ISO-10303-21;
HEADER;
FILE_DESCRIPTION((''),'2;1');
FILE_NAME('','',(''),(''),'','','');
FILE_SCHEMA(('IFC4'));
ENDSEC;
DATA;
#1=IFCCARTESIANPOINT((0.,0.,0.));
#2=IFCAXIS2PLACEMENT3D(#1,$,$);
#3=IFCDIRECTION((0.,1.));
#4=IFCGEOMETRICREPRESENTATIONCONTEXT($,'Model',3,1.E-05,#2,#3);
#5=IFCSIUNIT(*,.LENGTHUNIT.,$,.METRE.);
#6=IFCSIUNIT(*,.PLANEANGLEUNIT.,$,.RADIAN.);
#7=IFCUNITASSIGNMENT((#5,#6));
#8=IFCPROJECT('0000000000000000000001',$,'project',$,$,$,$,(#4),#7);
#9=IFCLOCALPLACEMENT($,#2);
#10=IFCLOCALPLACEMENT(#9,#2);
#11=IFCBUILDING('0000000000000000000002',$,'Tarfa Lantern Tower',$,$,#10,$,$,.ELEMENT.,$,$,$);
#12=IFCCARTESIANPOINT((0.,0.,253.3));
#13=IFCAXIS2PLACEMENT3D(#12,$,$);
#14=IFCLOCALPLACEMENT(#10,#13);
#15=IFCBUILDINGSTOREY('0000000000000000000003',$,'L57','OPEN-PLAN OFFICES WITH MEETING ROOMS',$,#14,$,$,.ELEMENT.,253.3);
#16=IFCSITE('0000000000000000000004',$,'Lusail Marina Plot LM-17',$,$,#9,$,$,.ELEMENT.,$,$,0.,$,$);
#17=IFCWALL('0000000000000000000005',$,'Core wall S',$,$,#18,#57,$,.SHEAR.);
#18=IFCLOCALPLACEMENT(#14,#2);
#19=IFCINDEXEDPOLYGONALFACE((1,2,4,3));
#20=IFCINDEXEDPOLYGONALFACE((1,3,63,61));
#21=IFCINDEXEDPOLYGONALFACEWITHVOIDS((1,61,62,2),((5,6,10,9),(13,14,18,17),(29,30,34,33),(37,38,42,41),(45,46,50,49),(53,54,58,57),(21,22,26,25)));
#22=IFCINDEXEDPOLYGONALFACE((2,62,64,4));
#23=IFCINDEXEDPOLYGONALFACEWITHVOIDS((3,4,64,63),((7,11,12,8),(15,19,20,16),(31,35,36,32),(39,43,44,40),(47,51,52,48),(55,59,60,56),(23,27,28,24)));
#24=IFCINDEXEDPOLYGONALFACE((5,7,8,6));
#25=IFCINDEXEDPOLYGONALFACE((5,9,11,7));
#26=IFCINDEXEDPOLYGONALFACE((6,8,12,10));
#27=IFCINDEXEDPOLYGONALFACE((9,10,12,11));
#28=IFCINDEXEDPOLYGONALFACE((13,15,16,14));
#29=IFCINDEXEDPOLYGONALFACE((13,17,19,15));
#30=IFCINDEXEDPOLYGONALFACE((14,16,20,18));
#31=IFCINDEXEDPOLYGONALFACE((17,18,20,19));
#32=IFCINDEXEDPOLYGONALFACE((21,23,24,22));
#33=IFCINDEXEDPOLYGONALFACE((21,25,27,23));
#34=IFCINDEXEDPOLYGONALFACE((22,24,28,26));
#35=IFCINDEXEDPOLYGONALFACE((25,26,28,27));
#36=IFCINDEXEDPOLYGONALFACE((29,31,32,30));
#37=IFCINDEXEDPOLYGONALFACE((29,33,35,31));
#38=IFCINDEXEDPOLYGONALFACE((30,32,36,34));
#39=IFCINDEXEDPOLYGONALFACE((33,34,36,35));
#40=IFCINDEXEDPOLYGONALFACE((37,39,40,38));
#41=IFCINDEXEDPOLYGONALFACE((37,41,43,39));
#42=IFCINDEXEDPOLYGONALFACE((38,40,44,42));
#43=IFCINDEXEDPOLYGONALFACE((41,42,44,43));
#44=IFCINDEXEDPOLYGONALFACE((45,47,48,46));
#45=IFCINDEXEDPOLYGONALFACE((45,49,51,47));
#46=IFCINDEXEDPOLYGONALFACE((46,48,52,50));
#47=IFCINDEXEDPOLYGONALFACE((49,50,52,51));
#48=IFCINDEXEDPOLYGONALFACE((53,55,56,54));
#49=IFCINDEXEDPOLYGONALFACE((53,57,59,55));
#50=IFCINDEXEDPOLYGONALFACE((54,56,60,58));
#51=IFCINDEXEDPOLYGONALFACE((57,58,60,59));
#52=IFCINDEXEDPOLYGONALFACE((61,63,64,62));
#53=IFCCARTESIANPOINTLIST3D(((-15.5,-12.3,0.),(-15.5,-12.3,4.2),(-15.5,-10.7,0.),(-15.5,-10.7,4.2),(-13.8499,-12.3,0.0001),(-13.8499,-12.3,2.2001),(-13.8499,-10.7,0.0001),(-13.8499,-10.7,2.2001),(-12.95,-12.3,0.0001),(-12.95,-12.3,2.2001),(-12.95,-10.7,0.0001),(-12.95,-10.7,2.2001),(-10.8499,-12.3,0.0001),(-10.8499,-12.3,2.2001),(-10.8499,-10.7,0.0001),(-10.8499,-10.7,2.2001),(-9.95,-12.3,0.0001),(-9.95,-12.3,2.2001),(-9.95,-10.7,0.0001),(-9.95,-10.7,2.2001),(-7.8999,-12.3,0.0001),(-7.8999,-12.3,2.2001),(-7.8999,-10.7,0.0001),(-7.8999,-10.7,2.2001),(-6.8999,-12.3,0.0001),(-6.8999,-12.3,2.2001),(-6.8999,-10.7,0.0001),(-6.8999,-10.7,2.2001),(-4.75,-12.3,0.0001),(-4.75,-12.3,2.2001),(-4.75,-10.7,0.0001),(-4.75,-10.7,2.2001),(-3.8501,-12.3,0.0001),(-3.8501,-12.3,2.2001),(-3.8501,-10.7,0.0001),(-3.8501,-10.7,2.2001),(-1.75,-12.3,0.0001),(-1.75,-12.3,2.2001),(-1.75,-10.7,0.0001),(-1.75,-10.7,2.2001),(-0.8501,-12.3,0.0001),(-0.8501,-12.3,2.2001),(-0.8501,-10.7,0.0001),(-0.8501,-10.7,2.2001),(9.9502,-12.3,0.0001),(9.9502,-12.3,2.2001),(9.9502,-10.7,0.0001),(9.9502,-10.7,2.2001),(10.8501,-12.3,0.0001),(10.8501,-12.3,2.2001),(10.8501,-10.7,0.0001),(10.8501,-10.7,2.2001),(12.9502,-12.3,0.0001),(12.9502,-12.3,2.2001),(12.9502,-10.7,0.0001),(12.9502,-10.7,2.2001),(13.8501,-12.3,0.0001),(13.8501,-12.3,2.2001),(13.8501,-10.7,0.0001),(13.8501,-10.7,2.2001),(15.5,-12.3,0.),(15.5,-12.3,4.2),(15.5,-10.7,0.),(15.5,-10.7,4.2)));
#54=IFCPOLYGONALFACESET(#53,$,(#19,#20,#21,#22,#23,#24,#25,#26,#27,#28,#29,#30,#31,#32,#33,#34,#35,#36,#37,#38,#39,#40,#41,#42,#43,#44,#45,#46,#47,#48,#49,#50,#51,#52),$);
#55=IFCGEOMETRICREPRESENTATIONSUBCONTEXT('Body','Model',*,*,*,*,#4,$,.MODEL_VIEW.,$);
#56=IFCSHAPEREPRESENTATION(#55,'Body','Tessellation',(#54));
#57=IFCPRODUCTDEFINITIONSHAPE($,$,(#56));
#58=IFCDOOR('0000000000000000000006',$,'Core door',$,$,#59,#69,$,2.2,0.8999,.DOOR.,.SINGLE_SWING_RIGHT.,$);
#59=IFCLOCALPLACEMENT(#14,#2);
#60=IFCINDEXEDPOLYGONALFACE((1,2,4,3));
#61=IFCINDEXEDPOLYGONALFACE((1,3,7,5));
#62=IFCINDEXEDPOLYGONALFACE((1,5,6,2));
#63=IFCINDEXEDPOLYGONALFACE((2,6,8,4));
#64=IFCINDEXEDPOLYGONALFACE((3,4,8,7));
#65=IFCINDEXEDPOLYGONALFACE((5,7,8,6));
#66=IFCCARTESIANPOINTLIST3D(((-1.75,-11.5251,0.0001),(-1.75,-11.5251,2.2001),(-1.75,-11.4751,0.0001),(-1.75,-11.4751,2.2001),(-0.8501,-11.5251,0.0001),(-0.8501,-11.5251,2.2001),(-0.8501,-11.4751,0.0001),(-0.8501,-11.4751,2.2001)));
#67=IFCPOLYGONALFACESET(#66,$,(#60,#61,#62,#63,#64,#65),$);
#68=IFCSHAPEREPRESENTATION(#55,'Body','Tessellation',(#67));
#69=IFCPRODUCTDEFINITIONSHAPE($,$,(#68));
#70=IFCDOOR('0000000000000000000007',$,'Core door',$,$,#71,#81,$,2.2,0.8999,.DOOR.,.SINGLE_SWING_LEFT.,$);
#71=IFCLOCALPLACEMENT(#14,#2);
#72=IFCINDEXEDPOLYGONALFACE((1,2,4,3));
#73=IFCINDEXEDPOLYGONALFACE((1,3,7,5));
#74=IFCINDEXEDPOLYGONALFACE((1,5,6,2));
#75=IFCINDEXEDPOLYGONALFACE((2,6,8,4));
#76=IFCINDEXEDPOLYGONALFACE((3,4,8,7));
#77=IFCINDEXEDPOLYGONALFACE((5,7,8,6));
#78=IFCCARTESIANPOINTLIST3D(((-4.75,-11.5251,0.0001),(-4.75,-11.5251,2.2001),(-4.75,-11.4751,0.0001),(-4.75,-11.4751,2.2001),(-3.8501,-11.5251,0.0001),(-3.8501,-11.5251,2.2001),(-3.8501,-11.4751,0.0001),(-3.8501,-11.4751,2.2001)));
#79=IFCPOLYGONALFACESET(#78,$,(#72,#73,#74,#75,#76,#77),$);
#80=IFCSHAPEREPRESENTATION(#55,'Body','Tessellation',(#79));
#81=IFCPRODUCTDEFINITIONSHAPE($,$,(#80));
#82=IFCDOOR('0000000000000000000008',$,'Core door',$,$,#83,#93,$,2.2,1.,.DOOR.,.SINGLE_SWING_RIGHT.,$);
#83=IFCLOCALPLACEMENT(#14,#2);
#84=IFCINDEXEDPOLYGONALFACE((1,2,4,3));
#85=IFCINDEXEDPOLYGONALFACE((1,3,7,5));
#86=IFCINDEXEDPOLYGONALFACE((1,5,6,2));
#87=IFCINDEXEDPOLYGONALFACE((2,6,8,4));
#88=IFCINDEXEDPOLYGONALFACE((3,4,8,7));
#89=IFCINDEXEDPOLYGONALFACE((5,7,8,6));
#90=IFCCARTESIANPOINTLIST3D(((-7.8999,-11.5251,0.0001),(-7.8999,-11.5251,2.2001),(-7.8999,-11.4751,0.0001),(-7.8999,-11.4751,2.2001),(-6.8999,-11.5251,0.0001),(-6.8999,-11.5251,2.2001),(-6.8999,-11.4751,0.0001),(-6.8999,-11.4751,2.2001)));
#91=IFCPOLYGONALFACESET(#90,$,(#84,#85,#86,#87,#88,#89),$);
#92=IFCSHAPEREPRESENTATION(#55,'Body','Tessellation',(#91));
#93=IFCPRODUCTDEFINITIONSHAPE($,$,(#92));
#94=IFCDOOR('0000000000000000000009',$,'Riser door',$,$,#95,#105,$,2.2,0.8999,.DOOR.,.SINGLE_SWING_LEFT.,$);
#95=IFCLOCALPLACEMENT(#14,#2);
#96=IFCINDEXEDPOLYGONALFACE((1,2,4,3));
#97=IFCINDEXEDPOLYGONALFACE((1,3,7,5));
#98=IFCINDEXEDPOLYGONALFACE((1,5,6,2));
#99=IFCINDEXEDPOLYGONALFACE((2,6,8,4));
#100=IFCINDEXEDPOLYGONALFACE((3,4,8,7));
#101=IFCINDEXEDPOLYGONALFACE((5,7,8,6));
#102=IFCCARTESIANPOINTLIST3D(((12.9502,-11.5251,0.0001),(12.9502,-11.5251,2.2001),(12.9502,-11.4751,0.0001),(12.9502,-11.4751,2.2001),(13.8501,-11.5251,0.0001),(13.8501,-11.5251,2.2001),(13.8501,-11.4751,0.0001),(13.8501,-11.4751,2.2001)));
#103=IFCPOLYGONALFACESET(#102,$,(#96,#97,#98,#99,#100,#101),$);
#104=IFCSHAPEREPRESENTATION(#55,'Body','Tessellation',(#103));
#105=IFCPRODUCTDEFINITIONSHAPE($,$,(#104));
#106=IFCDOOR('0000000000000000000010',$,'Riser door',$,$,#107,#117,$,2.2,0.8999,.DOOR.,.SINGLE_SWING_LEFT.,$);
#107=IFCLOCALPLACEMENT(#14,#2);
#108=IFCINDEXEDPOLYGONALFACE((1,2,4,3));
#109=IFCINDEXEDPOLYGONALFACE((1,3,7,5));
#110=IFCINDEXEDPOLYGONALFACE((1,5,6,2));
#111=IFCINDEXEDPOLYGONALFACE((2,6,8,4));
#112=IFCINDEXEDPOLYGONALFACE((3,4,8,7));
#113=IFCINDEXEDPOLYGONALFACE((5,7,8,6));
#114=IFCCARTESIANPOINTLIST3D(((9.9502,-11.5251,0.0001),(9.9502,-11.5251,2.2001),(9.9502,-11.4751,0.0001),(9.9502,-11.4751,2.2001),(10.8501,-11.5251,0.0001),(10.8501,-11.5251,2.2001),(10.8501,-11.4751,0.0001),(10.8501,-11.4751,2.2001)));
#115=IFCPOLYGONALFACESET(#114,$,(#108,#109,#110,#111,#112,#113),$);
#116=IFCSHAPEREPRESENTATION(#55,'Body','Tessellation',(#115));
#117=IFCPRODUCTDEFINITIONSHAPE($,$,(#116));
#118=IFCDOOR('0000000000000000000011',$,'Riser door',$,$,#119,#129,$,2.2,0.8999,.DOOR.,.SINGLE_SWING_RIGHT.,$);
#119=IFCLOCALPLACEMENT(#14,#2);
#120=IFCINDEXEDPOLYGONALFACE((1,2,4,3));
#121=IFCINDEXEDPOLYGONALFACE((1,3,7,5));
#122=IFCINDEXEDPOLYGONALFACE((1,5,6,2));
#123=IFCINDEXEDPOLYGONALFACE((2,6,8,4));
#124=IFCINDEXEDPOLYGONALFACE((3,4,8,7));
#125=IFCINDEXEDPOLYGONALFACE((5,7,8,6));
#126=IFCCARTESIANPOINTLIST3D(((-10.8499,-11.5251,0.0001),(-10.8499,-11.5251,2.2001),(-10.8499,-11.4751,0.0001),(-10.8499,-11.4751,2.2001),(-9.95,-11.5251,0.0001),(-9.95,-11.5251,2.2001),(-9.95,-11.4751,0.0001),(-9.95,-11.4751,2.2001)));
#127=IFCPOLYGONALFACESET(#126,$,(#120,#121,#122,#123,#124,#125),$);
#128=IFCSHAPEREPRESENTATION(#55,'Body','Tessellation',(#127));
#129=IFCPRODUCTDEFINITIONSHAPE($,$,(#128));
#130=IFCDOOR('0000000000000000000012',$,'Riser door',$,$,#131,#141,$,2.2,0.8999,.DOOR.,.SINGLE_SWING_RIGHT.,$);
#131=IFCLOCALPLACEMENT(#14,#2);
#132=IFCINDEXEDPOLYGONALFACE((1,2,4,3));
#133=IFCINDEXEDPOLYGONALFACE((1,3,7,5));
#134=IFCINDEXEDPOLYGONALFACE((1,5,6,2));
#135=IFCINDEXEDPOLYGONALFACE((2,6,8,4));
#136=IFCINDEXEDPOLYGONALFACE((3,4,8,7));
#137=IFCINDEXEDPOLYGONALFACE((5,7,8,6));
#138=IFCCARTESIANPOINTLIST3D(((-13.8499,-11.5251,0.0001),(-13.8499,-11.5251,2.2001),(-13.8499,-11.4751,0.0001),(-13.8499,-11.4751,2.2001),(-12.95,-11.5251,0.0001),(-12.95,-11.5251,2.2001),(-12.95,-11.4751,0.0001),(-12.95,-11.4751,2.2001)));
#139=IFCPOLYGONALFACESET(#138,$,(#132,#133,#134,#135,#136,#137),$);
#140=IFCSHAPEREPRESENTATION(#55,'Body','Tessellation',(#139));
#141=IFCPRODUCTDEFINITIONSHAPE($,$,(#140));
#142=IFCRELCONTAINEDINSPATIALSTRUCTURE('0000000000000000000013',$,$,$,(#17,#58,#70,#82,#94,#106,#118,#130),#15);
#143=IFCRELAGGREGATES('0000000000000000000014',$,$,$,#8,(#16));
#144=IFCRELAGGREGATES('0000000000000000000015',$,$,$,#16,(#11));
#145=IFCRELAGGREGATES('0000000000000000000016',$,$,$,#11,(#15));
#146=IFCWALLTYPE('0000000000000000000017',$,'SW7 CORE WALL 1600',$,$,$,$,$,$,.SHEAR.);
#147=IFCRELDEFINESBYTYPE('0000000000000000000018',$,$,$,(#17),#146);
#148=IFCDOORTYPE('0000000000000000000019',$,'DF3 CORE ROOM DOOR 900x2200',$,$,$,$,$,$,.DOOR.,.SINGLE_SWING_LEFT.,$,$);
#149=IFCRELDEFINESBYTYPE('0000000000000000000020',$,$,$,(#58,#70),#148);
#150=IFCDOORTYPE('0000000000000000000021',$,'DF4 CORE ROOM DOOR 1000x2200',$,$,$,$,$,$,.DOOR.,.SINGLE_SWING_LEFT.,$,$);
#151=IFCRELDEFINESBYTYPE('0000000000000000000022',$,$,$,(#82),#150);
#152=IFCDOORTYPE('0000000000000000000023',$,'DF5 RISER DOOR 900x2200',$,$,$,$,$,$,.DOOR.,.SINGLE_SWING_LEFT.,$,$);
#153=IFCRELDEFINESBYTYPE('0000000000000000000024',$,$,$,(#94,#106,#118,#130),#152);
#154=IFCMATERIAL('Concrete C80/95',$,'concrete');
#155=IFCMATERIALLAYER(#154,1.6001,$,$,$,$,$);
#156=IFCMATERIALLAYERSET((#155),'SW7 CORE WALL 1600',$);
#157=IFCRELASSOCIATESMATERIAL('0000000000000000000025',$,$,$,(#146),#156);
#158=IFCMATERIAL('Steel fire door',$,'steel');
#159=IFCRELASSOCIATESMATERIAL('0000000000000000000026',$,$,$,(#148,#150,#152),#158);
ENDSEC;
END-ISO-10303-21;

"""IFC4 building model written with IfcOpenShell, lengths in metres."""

from ifc_helpers import new_model, si_unit, direction, frame, frame_2d, origin, place, context, subcontext, project, spatial, rectangle, extrude, material, layer, layer_set, type_object, element, fill, save


model = new_model("IFC4")

# Units and contexts
model_context = context("Model", 3, precision=1e-05, world=origin(), true_north=direction((0.0, 1.0)))
body_context = subcontext(model_context, "Body", "Model", "MODEL_VIEW")
ifc_project = project(units=[si_unit("LENGTHUNIT", "METRE"), si_unit("PLANEANGLEUNIT", "RADIAN")], contexts=[model_context])

# Site, building, storey
site_placement = place(None, origin())
site = spatial("IfcSite", under=ifc_project, at=site_placement, Name="Lusail Marina Plot LM-17", CompositionType="ELEMENT", RefElevation=0.0)
building_placement = place(site_placement, origin())
building = spatial("IfcBuilding", under=site, at=building_placement, Name="Tarfa Lantern Tower", CompositionType="ELEMENT")
storey_placement = place(building_placement, frame((0.0, 0.0, 253.3)))
storey = spatial("IfcBuildingStorey", under=building, at=storey_placement, Name="L57", Description="OPEN-PLAN OFFICES WITH MEETING ROOMS", CompositionType="ELEMENT", Elevation=253.3)

# Shared definitions
ifc_material_1 = material(Name="Concrete C80/95", Category="concrete")

# Shared definitions
ifc_material_2 = material(Name="Steel fire door", Category="steel")

# Wall, openings, doors
ifc_layer_1 = layer(ifc_material_1, 1.6001)
ifc_layer_set_1 = layer_set([ifc_layer_1], Name="SW7 CORE WALL 1600")
wall_type_1 = type_object("IfcWallType", Name="SW7 CORE WALL 1600", PredefinedType="SHEAR", material=ifc_layer_set_1)
wall_1_placement = place(storey_placement, frame((15.5, -11.5, 0.0), z_axis=(0.0, 0.0, 1.0), x_axis=(-1.0, 0.0, 0.0)))
wall_1 = element("IfcWall", 1, at=wall_1_placement, inside=storey, type_object=wall_type_1, Name="Core wall S", PredefinedType="SHEAR", context=body_context, shape_type="SweptSolid", body=[
    extrude(rectangle(XDim=31.0, YDim=1.6001, at=frame_2d((15.5, 0.0))), origin(), (0.0, 0.0, 1.0), 4.2),
])
opening_1_placement = place(wall_1_placement, frame((16.3501, 0.0, 0.0)))
opening_1 = element("IfcOpeningElement", 2, at=opening_1_placement, cuts=wall_1, PredefinedType="OPENING", context=body_context, shape_type="SweptSolid", body=[
    extrude(rectangle(XDim=0.8999, YDim=2.2, at=frame_2d((0.45, 1.1001))), frame((0.0, 0.8101, 0.0), z_axis=(0.0, -1.0, 0.0), x_axis=(1.0, 0.0, 0.0)), (0.0, 0.0, 1.0), 1.6201),
])
opening_2_placement = place(wall_1_placement, frame((19.3501, 0.0, 0.0)))
opening_2 = element("IfcOpeningElement", 3, at=opening_2_placement, cuts=wall_1, PredefinedType="OPENING", context=body_context, shape_type="SweptSolid", body=[
    extrude(rectangle(XDim=0.8999, YDim=2.2, at=frame_2d((0.45, 1.1001))), frame((0.0, 0.8101, 0.0), z_axis=(0.0, -1.0, 0.0), x_axis=(1.0, 0.0, 0.0)), (0.0, 0.0, 1.0), 1.6201),
])
opening_3_placement = place(wall_1_placement, frame((22.3999, 0.0, 0.0)))
opening_3 = element("IfcOpeningElement", 4, at=opening_3_placement, cuts=wall_1, PredefinedType="OPENING", context=body_context, shape_type="SweptSolid", body=[
    extrude(rectangle(XDim=1.0, YDim=2.2, at=frame_2d((0.5, 1.1001))), frame((0.0, 0.8101, 0.0), z_axis=(0.0, -1.0, 0.0), x_axis=(1.0, 0.0, 0.0)), (0.0, 0.0, 1.0), 1.6201),
])
opening_4_placement = place(wall_1_placement, frame((1.6499, 0.0, 0.0)))
opening_4 = element("IfcOpeningElement", 5, at=opening_4_placement, cuts=wall_1, PredefinedType="OPENING", context=body_context, shape_type="SweptSolid", body=[
    extrude(rectangle(XDim=0.8999, YDim=2.2, at=frame_2d((0.45, 1.1001))), frame((0.0, 0.8101, 0.0), z_axis=(0.0, -1.0, 0.0), x_axis=(1.0, 0.0, 0.0)), (0.0, 0.0, 1.0), 1.6201),
])
opening_5_placement = place(wall_1_placement, frame((4.6499, 0.0, 0.0)))
opening_5 = element("IfcOpeningElement", 6, at=opening_5_placement, cuts=wall_1, PredefinedType="OPENING", context=body_context, shape_type="SweptSolid", body=[
    extrude(rectangle(XDim=0.8999, YDim=2.2, at=frame_2d((0.45, 1.1001))), frame((0.0, 0.8101, 0.0), z_axis=(0.0, -1.0, 0.0), x_axis=(1.0, 0.0, 0.0)), (0.0, 0.0, 1.0), 1.6201),
])
opening_6_placement = place(wall_1_placement, frame((25.45, 0.0, 0.0)))
opening_6 = element("IfcOpeningElement", 7, at=opening_6_placement, cuts=wall_1, PredefinedType="OPENING", context=body_context, shape_type="SweptSolid", body=[
    extrude(rectangle(XDim=0.8999, YDim=2.2, at=frame_2d((0.45, 1.1001))), frame((0.0, 0.8101, 0.0), z_axis=(0.0, -1.0, 0.0), x_axis=(1.0, 0.0, 0.0)), (0.0, 0.0, 1.0), 1.6201),
])
opening_7_placement = place(wall_1_placement, frame((28.45, 0.0, 0.0)))
opening_7 = element("IfcOpeningElement", 8, at=opening_7_placement, cuts=wall_1, PredefinedType="OPENING", context=body_context, shape_type="SweptSolid", body=[
    extrude(rectangle(XDim=0.8999, YDim=2.2, at=frame_2d((0.45, 1.1001))), frame((0.0, 0.8101, 0.0), z_axis=(0.0, -1.0, 0.0), x_axis=(1.0, 0.0, 0.0)), (0.0, 0.0, 1.0), 1.6201),
])
door_type_1 = type_object("IfcDoorType", Name="DF3 CORE ROOM DOOR 900x2200", OperationType="SINGLE_SWING_LEFT", PredefinedType="DOOR", material=ifc_material_2)
door_1_placement = place(opening_1_placement, frame((0.8999, 0.0, 0.0), z_axis=(0.0, 0.0, 1.0), x_axis=(-1.0, 0.0, 0.0)))
door_1 = element("IfcDoor", 9, at=door_1_placement, inside=storey, type_object=door_type_1, Name="Core door", OperationType="SINGLE_SWING_RIGHT", OverallHeight=2.2, OverallWidth=0.8999, PredefinedType="DOOR", context=body_context, shape_type="SweptSolid", body=[
    extrude(rectangle(XDim=0.8999, YDim=2.2, at=frame_2d((0.45, 1.1001))), frame((0.0, 0.0249, 0.0), z_axis=(0.0, -1.0, 0.0), x_axis=(1.0, 0.0, 0.0)), (0.0, 0.0, 1.0), 0.05),
])
fill(opening_1, door_1)
door_2_placement = place(opening_2_placement, frame((0.8999, 0.0, 0.0), z_axis=(0.0, 0.0, 1.0), x_axis=(-1.0, 0.0, 0.0)))
door_2 = element("IfcDoor", 10, at=door_2_placement, inside=storey, type_object=door_type_1, Name="Core door", OperationType="SINGLE_SWING_LEFT", OverallHeight=2.2, OverallWidth=0.8999, PredefinedType="DOOR", context=body_context, shape_type="SweptSolid", body=[
    extrude(rectangle(XDim=0.8999, YDim=2.2, at=frame_2d((0.45, 1.1001))), frame((0.0, 0.0249, 0.0), z_axis=(0.0, -1.0, 0.0), x_axis=(1.0, 0.0, 0.0)), (0.0, 0.0, 1.0), 0.05),
])
fill(opening_2, door_2)
door_type_2 = type_object("IfcDoorType", Name="DF4 CORE ROOM DOOR 1000x2200", OperationType="SINGLE_SWING_LEFT", PredefinedType="DOOR", material=ifc_material_2)
door_3_placement = place(opening_3_placement, frame((1.0, 0.0, 0.0), z_axis=(0.0, 0.0, 1.0), x_axis=(-1.0, 0.0, 0.0)))
door_3 = element("IfcDoor", 11, at=door_3_placement, inside=storey, type_object=door_type_2, Name="Core door", OperationType="SINGLE_SWING_RIGHT", OverallHeight=2.2, OverallWidth=1.0, PredefinedType="DOOR", context=body_context, shape_type="SweptSolid", body=[
    extrude(rectangle(XDim=1.0, YDim=2.2, at=frame_2d((0.5, 1.1001))), frame((0.0, 0.0249, 0.0), z_axis=(0.0, -1.0, 0.0), x_axis=(1.0, 0.0, 0.0)), (0.0, 0.0, 1.0), 0.05),
])
fill(opening_3, door_3)
door_type_3 = type_object("IfcDoorType", Name="DF5 RISER DOOR 900x2200", OperationType="SINGLE_SWING_LEFT", PredefinedType="DOOR", material=ifc_material_2)
door_4_placement = place(opening_4_placement, frame((0.8999, 0.0, 0.0), z_axis=(0.0, 0.0, 1.0), x_axis=(-1.0, 0.0, 0.0)))
door_4 = element("IfcDoor", 12, at=door_4_placement, inside=storey, type_object=door_type_3, Name="Riser door", OperationType="SINGLE_SWING_LEFT", OverallHeight=2.2, OverallWidth=0.8999, PredefinedType="DOOR", context=body_context, shape_type="SweptSolid", body=[
    extrude(rectangle(XDim=0.8999, YDim=2.2, at=frame_2d((0.45, 1.1001))), frame((0.0, 0.0249, 0.0), z_axis=(0.0, -1.0, 0.0), x_axis=(1.0, 0.0, 0.0)), (0.0, 0.0, 1.0), 0.05),
])
fill(opening_4, door_4)
door_5_placement = place(opening_5_placement, frame((0.8999, 0.0, 0.0), z_axis=(0.0, 0.0, 1.0), x_axis=(-1.0, 0.0, 0.0)))
door_5 = element("IfcDoor", 13, at=door_5_placement, inside=storey, type_object=door_type_3, Name="Riser door", OperationType="SINGLE_SWING_LEFT", OverallHeight=2.2, OverallWidth=0.8999, PredefinedType="DOOR", context=body_context, shape_type="SweptSolid", body=[
    extrude(rectangle(XDim=0.8999, YDim=2.2, at=frame_2d((0.45, 1.1001))), frame((0.0, 0.0249, 0.0), z_axis=(0.0, -1.0, 0.0), x_axis=(1.0, 0.0, 0.0)), (0.0, 0.0, 1.0), 0.05),
])
fill(opening_5, door_5)
door_6_placement = place(opening_6_placement, frame((0.8999, 0.0, 0.0), z_axis=(0.0, 0.0, 1.0), x_axis=(-1.0, 0.0, 0.0)))
door_6 = element("IfcDoor", 14, at=door_6_placement, inside=storey, type_object=door_type_3, Name="Riser door", OperationType="SINGLE_SWING_RIGHT", OverallHeight=2.2, OverallWidth=0.8999, PredefinedType="DOOR", context=body_context, shape_type="SweptSolid", body=[
    extrude(rectangle(XDim=0.8999, YDim=2.2, at=frame_2d((0.45, 1.1001))), frame((0.0, 0.0249, 0.0), z_axis=(0.0, -1.0, 0.0), x_axis=(1.0, 0.0, 0.0)), (0.0, 0.0, 1.0), 0.05),
])
fill(opening_6, door_6)
door_7_placement = place(opening_7_placement, frame((0.8999, 0.0, 0.0), z_axis=(0.0, 0.0, 1.0), x_axis=(-1.0, 0.0, 0.0)))
door_7 = element("IfcDoor", 15, at=door_7_placement, inside=storey, type_object=door_type_3, Name="Riser door", OperationType="SINGLE_SWING_RIGHT", OverallHeight=2.2, OverallWidth=0.8999, PredefinedType="DOOR", context=body_context, shape_type="SweptSolid", body=[
    extrude(rectangle(XDim=0.8999, YDim=2.2, at=frame_2d((0.45, 1.1001))), frame((0.0, 0.0249, 0.0), z_axis=(0.0, -1.0, 0.0), x_axis=(1.0, 0.0, 0.0)), (0.0, 0.0, 1.0), 0.05),
])
fill(opening_7, door_7)

save(model, "model.ifc")
